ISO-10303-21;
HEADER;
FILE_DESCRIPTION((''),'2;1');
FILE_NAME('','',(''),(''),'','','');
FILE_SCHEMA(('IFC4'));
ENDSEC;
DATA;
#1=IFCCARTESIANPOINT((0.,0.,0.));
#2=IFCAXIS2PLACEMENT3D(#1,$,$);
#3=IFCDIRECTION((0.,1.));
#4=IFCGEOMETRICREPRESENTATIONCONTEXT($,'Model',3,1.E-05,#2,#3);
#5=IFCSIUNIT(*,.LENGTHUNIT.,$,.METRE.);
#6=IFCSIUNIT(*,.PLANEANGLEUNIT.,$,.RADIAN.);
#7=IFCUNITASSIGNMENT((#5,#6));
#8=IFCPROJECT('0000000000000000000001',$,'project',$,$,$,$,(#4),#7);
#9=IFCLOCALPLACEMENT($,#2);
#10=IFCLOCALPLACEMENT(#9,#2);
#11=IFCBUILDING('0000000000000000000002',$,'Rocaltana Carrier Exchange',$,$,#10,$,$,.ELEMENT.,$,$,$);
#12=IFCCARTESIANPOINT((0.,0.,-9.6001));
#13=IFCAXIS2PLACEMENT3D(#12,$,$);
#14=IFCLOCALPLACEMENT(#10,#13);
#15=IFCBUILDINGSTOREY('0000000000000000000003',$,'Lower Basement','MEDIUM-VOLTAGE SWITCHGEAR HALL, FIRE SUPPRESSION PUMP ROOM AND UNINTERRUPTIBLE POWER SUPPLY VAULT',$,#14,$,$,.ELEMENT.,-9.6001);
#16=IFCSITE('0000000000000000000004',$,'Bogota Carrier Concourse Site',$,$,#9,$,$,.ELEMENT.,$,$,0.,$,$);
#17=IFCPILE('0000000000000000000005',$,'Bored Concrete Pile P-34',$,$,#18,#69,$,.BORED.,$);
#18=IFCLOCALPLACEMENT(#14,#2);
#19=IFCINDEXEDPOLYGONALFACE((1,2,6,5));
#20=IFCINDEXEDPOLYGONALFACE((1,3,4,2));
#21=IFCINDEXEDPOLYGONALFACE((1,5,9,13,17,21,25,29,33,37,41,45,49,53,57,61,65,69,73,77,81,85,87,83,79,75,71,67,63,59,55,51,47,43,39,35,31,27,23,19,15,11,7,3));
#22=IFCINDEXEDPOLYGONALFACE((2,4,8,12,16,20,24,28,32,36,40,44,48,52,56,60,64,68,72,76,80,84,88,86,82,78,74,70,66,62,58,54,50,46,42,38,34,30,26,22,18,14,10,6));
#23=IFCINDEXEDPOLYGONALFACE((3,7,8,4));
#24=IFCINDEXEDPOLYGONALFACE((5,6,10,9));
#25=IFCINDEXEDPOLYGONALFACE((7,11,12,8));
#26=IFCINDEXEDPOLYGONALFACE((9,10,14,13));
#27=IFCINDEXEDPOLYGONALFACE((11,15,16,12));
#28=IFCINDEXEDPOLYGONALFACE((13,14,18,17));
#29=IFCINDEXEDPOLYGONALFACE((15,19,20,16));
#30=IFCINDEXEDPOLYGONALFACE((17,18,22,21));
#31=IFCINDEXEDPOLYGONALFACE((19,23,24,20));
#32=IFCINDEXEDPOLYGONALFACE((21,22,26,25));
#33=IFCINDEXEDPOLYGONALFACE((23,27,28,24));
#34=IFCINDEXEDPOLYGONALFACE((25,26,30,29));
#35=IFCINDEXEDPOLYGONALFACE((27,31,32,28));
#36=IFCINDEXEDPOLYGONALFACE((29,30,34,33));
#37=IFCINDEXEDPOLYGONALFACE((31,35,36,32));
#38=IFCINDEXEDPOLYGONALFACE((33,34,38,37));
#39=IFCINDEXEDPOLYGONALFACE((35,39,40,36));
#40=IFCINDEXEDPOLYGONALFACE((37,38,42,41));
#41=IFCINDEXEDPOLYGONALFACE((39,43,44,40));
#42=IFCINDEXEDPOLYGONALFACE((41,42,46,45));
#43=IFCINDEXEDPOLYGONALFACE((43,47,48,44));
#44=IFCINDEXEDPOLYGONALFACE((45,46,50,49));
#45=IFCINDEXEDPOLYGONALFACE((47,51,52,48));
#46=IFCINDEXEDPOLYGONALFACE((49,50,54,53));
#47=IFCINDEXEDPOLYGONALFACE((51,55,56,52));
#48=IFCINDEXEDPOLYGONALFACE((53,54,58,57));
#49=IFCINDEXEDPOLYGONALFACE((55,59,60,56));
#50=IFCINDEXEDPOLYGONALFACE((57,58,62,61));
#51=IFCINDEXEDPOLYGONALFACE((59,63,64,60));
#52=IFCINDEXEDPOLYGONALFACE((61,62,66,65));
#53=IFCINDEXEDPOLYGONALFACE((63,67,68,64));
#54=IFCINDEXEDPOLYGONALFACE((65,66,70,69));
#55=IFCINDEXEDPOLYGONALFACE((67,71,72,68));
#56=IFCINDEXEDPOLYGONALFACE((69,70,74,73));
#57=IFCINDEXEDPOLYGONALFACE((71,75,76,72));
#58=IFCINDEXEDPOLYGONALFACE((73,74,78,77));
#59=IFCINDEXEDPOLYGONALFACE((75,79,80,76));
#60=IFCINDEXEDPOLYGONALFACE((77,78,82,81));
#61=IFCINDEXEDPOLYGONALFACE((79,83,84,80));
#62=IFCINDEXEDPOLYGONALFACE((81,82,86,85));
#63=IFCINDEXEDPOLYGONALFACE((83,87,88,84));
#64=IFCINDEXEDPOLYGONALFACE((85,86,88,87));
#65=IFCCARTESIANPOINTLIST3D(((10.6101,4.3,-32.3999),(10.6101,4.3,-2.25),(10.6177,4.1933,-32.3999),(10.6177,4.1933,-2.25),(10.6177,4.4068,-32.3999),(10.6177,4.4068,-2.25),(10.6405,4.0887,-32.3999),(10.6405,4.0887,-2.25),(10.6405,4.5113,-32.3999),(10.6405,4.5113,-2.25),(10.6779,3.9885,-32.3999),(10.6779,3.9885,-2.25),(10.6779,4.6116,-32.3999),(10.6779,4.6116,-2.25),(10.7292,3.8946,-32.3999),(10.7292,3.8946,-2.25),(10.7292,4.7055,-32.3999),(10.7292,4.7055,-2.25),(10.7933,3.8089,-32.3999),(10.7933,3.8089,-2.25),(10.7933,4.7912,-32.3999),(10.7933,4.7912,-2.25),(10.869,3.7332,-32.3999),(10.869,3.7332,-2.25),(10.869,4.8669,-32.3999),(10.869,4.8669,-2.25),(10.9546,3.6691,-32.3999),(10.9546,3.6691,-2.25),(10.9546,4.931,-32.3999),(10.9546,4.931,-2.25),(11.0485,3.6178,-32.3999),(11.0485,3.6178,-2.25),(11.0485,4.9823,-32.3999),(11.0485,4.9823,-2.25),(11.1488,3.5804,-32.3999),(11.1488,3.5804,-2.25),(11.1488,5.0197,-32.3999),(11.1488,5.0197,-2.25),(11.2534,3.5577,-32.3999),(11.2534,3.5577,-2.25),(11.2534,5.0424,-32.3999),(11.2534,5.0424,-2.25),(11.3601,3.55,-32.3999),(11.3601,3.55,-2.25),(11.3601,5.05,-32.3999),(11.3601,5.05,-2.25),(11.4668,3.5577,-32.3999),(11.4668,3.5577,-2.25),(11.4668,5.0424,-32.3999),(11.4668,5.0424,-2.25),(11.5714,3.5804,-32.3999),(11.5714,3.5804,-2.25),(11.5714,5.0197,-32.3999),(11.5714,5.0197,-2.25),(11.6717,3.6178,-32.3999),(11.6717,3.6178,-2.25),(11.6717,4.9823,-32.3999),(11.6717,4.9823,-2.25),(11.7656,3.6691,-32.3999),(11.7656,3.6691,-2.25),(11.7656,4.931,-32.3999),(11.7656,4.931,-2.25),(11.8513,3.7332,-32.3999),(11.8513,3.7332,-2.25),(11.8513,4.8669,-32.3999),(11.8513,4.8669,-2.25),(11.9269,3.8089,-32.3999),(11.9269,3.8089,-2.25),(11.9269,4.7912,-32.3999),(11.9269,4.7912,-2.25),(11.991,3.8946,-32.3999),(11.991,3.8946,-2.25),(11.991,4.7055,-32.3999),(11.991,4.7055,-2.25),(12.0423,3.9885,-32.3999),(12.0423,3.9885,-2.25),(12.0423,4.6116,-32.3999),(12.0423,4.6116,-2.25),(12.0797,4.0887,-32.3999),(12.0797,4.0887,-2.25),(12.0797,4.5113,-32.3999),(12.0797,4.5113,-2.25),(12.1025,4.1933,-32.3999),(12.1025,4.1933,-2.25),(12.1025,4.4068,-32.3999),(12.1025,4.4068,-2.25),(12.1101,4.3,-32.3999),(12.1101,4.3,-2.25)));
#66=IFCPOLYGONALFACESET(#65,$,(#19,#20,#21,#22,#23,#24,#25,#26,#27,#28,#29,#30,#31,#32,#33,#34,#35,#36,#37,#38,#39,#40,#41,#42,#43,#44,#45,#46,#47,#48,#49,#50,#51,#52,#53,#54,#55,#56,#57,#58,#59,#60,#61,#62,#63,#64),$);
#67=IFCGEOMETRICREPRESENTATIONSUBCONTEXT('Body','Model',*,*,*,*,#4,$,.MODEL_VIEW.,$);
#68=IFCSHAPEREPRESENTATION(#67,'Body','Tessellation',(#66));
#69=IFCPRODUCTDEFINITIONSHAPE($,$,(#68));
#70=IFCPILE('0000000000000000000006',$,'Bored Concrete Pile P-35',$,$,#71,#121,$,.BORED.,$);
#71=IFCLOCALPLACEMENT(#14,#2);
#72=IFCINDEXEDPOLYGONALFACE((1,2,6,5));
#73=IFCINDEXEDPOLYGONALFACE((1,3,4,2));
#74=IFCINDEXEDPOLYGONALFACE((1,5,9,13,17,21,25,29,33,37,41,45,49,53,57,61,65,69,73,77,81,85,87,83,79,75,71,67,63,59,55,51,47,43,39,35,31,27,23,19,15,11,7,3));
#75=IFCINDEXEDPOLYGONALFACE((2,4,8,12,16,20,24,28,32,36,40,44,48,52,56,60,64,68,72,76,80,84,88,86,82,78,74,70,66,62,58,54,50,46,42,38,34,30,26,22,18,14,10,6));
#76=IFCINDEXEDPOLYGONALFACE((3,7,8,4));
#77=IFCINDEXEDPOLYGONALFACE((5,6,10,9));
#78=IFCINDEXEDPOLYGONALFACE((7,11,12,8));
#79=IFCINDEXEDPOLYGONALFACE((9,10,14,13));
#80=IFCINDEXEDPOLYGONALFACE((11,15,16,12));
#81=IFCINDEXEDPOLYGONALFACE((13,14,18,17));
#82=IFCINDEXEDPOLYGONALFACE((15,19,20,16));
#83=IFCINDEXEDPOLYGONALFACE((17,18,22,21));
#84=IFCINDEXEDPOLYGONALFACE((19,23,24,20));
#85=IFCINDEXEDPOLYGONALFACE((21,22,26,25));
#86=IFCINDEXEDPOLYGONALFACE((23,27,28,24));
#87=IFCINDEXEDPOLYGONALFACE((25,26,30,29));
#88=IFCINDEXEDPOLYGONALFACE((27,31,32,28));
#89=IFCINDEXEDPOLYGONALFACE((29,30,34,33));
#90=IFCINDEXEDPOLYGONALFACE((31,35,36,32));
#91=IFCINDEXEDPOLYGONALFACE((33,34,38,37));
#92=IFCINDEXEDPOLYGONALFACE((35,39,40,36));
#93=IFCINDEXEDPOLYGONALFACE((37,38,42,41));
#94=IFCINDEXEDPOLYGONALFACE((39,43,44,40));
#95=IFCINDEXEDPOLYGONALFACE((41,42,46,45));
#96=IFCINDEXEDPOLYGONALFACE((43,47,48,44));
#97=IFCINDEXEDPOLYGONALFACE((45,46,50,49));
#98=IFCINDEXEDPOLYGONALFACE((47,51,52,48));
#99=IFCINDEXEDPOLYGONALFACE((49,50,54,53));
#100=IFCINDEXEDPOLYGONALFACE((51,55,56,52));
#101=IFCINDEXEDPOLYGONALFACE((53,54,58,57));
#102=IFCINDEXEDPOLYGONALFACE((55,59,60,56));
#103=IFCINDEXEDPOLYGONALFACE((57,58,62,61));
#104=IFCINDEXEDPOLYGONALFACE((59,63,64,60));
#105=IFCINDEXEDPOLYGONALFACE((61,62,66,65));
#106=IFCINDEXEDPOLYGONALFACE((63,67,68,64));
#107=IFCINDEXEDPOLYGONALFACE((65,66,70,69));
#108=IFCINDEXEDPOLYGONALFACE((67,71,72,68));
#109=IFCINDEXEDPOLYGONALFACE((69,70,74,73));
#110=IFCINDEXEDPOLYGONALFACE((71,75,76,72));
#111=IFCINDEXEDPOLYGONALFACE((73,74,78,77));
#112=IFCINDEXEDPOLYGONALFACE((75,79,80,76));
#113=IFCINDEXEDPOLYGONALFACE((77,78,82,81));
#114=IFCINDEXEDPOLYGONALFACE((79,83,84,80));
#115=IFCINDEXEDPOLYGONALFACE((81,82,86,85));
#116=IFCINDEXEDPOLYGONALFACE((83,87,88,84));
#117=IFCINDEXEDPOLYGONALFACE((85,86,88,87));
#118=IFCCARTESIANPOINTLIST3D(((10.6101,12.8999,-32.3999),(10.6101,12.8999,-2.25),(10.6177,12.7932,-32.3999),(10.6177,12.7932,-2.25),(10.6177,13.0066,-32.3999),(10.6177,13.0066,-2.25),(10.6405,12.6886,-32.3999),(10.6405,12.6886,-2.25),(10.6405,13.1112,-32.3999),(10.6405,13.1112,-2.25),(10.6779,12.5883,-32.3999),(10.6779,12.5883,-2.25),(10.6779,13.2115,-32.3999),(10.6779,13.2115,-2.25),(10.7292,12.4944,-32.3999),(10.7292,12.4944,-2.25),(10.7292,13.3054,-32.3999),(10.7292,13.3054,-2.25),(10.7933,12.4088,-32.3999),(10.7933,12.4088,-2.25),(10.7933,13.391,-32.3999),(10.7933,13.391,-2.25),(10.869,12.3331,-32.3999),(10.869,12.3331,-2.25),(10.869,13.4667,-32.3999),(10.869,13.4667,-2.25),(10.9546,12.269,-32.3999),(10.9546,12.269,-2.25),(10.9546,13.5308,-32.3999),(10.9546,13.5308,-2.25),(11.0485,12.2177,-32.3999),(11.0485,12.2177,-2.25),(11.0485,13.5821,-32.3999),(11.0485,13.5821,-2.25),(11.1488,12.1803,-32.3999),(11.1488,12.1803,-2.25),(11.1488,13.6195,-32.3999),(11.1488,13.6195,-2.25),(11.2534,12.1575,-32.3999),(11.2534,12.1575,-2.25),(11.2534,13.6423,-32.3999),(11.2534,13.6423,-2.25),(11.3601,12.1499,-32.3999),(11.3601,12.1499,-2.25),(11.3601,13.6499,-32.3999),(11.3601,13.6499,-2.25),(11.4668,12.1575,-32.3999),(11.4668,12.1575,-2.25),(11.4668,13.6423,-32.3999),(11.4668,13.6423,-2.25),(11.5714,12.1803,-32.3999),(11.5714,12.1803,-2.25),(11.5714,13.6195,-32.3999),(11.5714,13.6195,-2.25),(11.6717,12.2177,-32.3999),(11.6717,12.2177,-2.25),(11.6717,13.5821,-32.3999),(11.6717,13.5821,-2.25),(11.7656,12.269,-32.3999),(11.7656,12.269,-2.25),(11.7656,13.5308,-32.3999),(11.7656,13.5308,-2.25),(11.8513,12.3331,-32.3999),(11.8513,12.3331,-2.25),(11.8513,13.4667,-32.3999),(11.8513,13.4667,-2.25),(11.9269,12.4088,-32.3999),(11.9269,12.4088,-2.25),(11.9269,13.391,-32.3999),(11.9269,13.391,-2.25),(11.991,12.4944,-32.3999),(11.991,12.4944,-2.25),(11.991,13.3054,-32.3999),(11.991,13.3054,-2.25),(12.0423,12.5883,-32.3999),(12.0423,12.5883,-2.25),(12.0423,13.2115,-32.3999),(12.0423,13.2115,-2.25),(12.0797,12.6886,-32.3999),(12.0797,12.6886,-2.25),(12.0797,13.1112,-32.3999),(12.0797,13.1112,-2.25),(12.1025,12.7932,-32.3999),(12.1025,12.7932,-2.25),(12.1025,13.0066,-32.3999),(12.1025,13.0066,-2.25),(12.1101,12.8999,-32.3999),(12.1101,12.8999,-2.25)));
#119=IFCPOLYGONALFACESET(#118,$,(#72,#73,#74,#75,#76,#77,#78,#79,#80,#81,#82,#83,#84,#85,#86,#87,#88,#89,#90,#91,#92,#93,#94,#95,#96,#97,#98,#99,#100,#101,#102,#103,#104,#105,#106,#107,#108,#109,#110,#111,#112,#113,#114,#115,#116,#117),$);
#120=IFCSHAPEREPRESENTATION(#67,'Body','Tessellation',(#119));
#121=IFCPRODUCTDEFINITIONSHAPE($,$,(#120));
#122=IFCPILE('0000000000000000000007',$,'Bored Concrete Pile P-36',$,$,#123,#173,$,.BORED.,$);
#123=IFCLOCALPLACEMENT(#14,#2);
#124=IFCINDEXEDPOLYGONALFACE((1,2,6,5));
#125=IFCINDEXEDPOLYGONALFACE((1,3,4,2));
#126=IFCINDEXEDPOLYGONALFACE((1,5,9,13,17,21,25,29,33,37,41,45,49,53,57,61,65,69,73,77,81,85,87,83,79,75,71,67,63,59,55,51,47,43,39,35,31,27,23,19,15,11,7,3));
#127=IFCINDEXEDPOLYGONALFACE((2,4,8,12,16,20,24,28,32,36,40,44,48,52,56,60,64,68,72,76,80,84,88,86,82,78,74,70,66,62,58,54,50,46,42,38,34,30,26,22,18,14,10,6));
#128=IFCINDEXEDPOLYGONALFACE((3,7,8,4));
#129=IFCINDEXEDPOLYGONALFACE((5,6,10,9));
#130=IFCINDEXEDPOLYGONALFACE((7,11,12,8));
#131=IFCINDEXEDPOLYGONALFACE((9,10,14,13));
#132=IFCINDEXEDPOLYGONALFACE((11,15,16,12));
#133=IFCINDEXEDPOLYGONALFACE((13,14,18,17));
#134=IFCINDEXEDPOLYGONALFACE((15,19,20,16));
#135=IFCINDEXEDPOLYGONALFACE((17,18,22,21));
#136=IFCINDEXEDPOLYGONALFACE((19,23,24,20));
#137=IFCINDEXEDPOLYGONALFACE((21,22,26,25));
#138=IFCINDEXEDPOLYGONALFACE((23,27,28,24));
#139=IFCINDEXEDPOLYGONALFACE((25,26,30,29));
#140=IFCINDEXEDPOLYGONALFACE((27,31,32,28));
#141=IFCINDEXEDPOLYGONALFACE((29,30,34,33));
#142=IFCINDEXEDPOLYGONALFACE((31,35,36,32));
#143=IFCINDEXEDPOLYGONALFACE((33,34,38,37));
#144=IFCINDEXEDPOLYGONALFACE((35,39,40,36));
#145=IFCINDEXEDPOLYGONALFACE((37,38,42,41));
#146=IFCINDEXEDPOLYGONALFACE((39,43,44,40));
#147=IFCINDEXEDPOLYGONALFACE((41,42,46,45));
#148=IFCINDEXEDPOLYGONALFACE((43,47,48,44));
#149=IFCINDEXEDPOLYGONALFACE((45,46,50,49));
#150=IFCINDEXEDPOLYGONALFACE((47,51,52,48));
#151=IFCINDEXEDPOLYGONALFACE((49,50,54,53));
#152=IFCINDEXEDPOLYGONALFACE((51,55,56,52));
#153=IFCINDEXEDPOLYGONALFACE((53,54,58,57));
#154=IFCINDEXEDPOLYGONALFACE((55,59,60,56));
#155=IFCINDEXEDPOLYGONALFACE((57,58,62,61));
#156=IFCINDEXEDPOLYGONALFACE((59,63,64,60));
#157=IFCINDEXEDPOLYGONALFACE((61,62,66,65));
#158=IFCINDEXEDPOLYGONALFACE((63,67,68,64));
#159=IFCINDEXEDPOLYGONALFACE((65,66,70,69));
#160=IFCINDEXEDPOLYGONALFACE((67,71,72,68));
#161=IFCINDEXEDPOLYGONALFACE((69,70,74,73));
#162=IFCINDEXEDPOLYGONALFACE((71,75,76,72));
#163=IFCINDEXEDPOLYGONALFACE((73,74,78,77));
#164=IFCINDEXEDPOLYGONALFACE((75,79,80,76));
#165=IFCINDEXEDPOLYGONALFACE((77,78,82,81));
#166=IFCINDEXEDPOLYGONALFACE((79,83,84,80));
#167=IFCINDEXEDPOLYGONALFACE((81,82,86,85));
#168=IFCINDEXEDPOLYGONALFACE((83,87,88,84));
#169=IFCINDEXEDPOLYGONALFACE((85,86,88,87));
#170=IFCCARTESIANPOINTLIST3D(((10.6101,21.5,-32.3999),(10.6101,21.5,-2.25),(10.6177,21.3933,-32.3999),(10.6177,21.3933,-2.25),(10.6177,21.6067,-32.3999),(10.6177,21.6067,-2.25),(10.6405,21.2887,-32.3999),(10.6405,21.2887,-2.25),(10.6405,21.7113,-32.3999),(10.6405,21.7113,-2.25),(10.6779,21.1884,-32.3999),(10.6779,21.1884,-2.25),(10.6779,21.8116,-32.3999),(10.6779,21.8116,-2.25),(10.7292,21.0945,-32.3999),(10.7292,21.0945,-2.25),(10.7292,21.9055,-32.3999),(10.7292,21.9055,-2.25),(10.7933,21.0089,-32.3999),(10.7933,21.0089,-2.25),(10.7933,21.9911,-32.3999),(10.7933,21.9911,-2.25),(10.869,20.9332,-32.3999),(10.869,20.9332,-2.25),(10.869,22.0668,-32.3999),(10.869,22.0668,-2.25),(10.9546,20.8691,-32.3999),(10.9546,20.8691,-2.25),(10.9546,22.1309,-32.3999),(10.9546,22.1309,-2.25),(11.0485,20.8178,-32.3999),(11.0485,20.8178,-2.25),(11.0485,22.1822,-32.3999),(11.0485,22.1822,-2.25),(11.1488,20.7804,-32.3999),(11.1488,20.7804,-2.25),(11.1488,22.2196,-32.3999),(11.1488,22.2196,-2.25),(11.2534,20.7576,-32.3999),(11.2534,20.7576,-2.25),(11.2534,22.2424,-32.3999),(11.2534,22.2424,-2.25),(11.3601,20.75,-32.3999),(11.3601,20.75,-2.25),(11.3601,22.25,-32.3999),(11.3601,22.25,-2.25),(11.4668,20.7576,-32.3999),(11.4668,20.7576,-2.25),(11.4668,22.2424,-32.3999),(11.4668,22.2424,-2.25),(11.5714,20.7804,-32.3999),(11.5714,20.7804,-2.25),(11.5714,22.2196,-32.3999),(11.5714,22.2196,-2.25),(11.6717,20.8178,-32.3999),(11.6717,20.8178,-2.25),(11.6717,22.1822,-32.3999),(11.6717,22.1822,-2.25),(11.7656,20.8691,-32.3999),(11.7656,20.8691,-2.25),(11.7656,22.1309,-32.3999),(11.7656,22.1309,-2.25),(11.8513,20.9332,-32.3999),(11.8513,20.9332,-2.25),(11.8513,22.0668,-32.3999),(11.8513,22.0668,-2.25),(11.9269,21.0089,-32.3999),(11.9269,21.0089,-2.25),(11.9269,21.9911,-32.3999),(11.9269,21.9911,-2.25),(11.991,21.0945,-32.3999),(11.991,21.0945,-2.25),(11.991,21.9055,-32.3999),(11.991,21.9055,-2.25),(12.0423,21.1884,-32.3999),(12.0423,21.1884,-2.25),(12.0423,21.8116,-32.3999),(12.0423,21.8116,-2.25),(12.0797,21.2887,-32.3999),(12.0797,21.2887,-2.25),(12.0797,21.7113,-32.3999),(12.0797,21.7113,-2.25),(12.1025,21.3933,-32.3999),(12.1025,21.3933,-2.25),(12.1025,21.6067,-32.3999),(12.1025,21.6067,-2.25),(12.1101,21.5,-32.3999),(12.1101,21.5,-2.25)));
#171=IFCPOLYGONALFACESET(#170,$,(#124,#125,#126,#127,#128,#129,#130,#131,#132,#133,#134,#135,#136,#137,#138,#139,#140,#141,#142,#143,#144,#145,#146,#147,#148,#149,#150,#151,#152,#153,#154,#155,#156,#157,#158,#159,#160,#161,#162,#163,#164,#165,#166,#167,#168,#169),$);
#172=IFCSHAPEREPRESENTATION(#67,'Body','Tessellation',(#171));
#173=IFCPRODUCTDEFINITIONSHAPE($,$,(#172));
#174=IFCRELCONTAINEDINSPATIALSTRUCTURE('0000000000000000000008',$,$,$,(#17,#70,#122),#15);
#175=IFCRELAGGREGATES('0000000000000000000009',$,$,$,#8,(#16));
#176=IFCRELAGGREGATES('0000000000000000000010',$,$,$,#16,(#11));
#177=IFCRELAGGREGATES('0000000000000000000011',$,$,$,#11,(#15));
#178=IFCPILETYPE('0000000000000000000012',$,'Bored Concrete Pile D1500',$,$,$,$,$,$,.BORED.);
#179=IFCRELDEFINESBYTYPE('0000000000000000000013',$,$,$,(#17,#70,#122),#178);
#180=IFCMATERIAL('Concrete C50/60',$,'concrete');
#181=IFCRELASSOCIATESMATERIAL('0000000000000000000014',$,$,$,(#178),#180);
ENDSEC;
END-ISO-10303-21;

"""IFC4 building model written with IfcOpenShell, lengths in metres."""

from ifc_helpers import new_model, si_unit, direction, frame, origin, origin_2d, place, context, subcontext, project, spatial, circle, extrude, material, material_profile, profile_set, type_object, element, save


model = new_model("IFC4")

# Units and contexts
model_context = context("Model", 3, precision=1e-05, world=origin(), true_north=direction((0.0, 1.0)))
body_context = subcontext(model_context, "Body", "Model", "MODEL_VIEW")
ifc_project = project(units=[si_unit("LENGTHUNIT", "METRE"), si_unit("PLANEANGLEUNIT", "RADIAN")], contexts=[model_context])

# Site, building, storey
site_placement = place(None, origin())
site = spatial("IfcSite", under=ifc_project, at=site_placement, Name="Bogota Carrier Concourse Site", CompositionType="ELEMENT", RefElevation=0.0)
building_placement = place(site_placement, origin())
building = spatial("IfcBuilding", under=site, at=building_placement, Name="Rocaltana Carrier Exchange", CompositionType="ELEMENT")
storey_placement = place(building_placement, frame((0.0, 0.0, -9.6001)))
storey = spatial("IfcBuildingStorey", under=building, at=storey_placement, Name="Lower Basement", Description="MEDIUM-VOLTAGE SWITCHGEAR HALL, FIRE SUPPRESSION PUMP ROOM AND UNINTERRUPTIBLE POWER SUPPLY VAULT", CompositionType="ELEMENT", Elevation=-9.6001)

# Piles
ifc_material_1 = material(Name="Concrete C50/60", Category="concrete")
ifc_material_profile_1 = material_profile(ifc_material_1, circle(Radius=0.75, at=origin_2d()), Name="PILE-D1500")
ifc_profile_set_1 = profile_set([ifc_material_profile_1], Name="Concrete C50/60")
pile_type = type_object("IfcPileType", Name="Bored Concrete Pile D1500", PredefinedType="BORED", material=ifc_profile_set_1)
for number, where, z_axis, x_axis, name in (
    (1, (11.3601, 4.3, -2.25), (0.0, 0.0, -1.0), (1.0, 0.0, 0.0), "Bored Concrete Pile P-34"),
    (2, (11.3601, 12.8999, -2.25), (0.0, 0.0, -1.0), (1.0, 0.0, 0.0), "Bored Concrete Pile P-35"),
    (3, (11.3601, 21.5, -2.25), (0.0, 0.0, -1.0), (1.0, 0.0, 0.0), "Bored Concrete Pile P-36"),
):
    element("IfcPile", number, at=place(storey_placement, frame(where, z_axis=z_axis, x_axis=x_axis)), inside=storey, type_object=pile_type, Name=name, PredefinedType="BORED", context=body_context, shape_type="SweptSolid", body=[
        extrude(circle(Radius=0.75, at=origin_2d()), origin(), (0.0, 0.0, 1.0), 30.1499),
    ])

save(model, "model.ifc")
